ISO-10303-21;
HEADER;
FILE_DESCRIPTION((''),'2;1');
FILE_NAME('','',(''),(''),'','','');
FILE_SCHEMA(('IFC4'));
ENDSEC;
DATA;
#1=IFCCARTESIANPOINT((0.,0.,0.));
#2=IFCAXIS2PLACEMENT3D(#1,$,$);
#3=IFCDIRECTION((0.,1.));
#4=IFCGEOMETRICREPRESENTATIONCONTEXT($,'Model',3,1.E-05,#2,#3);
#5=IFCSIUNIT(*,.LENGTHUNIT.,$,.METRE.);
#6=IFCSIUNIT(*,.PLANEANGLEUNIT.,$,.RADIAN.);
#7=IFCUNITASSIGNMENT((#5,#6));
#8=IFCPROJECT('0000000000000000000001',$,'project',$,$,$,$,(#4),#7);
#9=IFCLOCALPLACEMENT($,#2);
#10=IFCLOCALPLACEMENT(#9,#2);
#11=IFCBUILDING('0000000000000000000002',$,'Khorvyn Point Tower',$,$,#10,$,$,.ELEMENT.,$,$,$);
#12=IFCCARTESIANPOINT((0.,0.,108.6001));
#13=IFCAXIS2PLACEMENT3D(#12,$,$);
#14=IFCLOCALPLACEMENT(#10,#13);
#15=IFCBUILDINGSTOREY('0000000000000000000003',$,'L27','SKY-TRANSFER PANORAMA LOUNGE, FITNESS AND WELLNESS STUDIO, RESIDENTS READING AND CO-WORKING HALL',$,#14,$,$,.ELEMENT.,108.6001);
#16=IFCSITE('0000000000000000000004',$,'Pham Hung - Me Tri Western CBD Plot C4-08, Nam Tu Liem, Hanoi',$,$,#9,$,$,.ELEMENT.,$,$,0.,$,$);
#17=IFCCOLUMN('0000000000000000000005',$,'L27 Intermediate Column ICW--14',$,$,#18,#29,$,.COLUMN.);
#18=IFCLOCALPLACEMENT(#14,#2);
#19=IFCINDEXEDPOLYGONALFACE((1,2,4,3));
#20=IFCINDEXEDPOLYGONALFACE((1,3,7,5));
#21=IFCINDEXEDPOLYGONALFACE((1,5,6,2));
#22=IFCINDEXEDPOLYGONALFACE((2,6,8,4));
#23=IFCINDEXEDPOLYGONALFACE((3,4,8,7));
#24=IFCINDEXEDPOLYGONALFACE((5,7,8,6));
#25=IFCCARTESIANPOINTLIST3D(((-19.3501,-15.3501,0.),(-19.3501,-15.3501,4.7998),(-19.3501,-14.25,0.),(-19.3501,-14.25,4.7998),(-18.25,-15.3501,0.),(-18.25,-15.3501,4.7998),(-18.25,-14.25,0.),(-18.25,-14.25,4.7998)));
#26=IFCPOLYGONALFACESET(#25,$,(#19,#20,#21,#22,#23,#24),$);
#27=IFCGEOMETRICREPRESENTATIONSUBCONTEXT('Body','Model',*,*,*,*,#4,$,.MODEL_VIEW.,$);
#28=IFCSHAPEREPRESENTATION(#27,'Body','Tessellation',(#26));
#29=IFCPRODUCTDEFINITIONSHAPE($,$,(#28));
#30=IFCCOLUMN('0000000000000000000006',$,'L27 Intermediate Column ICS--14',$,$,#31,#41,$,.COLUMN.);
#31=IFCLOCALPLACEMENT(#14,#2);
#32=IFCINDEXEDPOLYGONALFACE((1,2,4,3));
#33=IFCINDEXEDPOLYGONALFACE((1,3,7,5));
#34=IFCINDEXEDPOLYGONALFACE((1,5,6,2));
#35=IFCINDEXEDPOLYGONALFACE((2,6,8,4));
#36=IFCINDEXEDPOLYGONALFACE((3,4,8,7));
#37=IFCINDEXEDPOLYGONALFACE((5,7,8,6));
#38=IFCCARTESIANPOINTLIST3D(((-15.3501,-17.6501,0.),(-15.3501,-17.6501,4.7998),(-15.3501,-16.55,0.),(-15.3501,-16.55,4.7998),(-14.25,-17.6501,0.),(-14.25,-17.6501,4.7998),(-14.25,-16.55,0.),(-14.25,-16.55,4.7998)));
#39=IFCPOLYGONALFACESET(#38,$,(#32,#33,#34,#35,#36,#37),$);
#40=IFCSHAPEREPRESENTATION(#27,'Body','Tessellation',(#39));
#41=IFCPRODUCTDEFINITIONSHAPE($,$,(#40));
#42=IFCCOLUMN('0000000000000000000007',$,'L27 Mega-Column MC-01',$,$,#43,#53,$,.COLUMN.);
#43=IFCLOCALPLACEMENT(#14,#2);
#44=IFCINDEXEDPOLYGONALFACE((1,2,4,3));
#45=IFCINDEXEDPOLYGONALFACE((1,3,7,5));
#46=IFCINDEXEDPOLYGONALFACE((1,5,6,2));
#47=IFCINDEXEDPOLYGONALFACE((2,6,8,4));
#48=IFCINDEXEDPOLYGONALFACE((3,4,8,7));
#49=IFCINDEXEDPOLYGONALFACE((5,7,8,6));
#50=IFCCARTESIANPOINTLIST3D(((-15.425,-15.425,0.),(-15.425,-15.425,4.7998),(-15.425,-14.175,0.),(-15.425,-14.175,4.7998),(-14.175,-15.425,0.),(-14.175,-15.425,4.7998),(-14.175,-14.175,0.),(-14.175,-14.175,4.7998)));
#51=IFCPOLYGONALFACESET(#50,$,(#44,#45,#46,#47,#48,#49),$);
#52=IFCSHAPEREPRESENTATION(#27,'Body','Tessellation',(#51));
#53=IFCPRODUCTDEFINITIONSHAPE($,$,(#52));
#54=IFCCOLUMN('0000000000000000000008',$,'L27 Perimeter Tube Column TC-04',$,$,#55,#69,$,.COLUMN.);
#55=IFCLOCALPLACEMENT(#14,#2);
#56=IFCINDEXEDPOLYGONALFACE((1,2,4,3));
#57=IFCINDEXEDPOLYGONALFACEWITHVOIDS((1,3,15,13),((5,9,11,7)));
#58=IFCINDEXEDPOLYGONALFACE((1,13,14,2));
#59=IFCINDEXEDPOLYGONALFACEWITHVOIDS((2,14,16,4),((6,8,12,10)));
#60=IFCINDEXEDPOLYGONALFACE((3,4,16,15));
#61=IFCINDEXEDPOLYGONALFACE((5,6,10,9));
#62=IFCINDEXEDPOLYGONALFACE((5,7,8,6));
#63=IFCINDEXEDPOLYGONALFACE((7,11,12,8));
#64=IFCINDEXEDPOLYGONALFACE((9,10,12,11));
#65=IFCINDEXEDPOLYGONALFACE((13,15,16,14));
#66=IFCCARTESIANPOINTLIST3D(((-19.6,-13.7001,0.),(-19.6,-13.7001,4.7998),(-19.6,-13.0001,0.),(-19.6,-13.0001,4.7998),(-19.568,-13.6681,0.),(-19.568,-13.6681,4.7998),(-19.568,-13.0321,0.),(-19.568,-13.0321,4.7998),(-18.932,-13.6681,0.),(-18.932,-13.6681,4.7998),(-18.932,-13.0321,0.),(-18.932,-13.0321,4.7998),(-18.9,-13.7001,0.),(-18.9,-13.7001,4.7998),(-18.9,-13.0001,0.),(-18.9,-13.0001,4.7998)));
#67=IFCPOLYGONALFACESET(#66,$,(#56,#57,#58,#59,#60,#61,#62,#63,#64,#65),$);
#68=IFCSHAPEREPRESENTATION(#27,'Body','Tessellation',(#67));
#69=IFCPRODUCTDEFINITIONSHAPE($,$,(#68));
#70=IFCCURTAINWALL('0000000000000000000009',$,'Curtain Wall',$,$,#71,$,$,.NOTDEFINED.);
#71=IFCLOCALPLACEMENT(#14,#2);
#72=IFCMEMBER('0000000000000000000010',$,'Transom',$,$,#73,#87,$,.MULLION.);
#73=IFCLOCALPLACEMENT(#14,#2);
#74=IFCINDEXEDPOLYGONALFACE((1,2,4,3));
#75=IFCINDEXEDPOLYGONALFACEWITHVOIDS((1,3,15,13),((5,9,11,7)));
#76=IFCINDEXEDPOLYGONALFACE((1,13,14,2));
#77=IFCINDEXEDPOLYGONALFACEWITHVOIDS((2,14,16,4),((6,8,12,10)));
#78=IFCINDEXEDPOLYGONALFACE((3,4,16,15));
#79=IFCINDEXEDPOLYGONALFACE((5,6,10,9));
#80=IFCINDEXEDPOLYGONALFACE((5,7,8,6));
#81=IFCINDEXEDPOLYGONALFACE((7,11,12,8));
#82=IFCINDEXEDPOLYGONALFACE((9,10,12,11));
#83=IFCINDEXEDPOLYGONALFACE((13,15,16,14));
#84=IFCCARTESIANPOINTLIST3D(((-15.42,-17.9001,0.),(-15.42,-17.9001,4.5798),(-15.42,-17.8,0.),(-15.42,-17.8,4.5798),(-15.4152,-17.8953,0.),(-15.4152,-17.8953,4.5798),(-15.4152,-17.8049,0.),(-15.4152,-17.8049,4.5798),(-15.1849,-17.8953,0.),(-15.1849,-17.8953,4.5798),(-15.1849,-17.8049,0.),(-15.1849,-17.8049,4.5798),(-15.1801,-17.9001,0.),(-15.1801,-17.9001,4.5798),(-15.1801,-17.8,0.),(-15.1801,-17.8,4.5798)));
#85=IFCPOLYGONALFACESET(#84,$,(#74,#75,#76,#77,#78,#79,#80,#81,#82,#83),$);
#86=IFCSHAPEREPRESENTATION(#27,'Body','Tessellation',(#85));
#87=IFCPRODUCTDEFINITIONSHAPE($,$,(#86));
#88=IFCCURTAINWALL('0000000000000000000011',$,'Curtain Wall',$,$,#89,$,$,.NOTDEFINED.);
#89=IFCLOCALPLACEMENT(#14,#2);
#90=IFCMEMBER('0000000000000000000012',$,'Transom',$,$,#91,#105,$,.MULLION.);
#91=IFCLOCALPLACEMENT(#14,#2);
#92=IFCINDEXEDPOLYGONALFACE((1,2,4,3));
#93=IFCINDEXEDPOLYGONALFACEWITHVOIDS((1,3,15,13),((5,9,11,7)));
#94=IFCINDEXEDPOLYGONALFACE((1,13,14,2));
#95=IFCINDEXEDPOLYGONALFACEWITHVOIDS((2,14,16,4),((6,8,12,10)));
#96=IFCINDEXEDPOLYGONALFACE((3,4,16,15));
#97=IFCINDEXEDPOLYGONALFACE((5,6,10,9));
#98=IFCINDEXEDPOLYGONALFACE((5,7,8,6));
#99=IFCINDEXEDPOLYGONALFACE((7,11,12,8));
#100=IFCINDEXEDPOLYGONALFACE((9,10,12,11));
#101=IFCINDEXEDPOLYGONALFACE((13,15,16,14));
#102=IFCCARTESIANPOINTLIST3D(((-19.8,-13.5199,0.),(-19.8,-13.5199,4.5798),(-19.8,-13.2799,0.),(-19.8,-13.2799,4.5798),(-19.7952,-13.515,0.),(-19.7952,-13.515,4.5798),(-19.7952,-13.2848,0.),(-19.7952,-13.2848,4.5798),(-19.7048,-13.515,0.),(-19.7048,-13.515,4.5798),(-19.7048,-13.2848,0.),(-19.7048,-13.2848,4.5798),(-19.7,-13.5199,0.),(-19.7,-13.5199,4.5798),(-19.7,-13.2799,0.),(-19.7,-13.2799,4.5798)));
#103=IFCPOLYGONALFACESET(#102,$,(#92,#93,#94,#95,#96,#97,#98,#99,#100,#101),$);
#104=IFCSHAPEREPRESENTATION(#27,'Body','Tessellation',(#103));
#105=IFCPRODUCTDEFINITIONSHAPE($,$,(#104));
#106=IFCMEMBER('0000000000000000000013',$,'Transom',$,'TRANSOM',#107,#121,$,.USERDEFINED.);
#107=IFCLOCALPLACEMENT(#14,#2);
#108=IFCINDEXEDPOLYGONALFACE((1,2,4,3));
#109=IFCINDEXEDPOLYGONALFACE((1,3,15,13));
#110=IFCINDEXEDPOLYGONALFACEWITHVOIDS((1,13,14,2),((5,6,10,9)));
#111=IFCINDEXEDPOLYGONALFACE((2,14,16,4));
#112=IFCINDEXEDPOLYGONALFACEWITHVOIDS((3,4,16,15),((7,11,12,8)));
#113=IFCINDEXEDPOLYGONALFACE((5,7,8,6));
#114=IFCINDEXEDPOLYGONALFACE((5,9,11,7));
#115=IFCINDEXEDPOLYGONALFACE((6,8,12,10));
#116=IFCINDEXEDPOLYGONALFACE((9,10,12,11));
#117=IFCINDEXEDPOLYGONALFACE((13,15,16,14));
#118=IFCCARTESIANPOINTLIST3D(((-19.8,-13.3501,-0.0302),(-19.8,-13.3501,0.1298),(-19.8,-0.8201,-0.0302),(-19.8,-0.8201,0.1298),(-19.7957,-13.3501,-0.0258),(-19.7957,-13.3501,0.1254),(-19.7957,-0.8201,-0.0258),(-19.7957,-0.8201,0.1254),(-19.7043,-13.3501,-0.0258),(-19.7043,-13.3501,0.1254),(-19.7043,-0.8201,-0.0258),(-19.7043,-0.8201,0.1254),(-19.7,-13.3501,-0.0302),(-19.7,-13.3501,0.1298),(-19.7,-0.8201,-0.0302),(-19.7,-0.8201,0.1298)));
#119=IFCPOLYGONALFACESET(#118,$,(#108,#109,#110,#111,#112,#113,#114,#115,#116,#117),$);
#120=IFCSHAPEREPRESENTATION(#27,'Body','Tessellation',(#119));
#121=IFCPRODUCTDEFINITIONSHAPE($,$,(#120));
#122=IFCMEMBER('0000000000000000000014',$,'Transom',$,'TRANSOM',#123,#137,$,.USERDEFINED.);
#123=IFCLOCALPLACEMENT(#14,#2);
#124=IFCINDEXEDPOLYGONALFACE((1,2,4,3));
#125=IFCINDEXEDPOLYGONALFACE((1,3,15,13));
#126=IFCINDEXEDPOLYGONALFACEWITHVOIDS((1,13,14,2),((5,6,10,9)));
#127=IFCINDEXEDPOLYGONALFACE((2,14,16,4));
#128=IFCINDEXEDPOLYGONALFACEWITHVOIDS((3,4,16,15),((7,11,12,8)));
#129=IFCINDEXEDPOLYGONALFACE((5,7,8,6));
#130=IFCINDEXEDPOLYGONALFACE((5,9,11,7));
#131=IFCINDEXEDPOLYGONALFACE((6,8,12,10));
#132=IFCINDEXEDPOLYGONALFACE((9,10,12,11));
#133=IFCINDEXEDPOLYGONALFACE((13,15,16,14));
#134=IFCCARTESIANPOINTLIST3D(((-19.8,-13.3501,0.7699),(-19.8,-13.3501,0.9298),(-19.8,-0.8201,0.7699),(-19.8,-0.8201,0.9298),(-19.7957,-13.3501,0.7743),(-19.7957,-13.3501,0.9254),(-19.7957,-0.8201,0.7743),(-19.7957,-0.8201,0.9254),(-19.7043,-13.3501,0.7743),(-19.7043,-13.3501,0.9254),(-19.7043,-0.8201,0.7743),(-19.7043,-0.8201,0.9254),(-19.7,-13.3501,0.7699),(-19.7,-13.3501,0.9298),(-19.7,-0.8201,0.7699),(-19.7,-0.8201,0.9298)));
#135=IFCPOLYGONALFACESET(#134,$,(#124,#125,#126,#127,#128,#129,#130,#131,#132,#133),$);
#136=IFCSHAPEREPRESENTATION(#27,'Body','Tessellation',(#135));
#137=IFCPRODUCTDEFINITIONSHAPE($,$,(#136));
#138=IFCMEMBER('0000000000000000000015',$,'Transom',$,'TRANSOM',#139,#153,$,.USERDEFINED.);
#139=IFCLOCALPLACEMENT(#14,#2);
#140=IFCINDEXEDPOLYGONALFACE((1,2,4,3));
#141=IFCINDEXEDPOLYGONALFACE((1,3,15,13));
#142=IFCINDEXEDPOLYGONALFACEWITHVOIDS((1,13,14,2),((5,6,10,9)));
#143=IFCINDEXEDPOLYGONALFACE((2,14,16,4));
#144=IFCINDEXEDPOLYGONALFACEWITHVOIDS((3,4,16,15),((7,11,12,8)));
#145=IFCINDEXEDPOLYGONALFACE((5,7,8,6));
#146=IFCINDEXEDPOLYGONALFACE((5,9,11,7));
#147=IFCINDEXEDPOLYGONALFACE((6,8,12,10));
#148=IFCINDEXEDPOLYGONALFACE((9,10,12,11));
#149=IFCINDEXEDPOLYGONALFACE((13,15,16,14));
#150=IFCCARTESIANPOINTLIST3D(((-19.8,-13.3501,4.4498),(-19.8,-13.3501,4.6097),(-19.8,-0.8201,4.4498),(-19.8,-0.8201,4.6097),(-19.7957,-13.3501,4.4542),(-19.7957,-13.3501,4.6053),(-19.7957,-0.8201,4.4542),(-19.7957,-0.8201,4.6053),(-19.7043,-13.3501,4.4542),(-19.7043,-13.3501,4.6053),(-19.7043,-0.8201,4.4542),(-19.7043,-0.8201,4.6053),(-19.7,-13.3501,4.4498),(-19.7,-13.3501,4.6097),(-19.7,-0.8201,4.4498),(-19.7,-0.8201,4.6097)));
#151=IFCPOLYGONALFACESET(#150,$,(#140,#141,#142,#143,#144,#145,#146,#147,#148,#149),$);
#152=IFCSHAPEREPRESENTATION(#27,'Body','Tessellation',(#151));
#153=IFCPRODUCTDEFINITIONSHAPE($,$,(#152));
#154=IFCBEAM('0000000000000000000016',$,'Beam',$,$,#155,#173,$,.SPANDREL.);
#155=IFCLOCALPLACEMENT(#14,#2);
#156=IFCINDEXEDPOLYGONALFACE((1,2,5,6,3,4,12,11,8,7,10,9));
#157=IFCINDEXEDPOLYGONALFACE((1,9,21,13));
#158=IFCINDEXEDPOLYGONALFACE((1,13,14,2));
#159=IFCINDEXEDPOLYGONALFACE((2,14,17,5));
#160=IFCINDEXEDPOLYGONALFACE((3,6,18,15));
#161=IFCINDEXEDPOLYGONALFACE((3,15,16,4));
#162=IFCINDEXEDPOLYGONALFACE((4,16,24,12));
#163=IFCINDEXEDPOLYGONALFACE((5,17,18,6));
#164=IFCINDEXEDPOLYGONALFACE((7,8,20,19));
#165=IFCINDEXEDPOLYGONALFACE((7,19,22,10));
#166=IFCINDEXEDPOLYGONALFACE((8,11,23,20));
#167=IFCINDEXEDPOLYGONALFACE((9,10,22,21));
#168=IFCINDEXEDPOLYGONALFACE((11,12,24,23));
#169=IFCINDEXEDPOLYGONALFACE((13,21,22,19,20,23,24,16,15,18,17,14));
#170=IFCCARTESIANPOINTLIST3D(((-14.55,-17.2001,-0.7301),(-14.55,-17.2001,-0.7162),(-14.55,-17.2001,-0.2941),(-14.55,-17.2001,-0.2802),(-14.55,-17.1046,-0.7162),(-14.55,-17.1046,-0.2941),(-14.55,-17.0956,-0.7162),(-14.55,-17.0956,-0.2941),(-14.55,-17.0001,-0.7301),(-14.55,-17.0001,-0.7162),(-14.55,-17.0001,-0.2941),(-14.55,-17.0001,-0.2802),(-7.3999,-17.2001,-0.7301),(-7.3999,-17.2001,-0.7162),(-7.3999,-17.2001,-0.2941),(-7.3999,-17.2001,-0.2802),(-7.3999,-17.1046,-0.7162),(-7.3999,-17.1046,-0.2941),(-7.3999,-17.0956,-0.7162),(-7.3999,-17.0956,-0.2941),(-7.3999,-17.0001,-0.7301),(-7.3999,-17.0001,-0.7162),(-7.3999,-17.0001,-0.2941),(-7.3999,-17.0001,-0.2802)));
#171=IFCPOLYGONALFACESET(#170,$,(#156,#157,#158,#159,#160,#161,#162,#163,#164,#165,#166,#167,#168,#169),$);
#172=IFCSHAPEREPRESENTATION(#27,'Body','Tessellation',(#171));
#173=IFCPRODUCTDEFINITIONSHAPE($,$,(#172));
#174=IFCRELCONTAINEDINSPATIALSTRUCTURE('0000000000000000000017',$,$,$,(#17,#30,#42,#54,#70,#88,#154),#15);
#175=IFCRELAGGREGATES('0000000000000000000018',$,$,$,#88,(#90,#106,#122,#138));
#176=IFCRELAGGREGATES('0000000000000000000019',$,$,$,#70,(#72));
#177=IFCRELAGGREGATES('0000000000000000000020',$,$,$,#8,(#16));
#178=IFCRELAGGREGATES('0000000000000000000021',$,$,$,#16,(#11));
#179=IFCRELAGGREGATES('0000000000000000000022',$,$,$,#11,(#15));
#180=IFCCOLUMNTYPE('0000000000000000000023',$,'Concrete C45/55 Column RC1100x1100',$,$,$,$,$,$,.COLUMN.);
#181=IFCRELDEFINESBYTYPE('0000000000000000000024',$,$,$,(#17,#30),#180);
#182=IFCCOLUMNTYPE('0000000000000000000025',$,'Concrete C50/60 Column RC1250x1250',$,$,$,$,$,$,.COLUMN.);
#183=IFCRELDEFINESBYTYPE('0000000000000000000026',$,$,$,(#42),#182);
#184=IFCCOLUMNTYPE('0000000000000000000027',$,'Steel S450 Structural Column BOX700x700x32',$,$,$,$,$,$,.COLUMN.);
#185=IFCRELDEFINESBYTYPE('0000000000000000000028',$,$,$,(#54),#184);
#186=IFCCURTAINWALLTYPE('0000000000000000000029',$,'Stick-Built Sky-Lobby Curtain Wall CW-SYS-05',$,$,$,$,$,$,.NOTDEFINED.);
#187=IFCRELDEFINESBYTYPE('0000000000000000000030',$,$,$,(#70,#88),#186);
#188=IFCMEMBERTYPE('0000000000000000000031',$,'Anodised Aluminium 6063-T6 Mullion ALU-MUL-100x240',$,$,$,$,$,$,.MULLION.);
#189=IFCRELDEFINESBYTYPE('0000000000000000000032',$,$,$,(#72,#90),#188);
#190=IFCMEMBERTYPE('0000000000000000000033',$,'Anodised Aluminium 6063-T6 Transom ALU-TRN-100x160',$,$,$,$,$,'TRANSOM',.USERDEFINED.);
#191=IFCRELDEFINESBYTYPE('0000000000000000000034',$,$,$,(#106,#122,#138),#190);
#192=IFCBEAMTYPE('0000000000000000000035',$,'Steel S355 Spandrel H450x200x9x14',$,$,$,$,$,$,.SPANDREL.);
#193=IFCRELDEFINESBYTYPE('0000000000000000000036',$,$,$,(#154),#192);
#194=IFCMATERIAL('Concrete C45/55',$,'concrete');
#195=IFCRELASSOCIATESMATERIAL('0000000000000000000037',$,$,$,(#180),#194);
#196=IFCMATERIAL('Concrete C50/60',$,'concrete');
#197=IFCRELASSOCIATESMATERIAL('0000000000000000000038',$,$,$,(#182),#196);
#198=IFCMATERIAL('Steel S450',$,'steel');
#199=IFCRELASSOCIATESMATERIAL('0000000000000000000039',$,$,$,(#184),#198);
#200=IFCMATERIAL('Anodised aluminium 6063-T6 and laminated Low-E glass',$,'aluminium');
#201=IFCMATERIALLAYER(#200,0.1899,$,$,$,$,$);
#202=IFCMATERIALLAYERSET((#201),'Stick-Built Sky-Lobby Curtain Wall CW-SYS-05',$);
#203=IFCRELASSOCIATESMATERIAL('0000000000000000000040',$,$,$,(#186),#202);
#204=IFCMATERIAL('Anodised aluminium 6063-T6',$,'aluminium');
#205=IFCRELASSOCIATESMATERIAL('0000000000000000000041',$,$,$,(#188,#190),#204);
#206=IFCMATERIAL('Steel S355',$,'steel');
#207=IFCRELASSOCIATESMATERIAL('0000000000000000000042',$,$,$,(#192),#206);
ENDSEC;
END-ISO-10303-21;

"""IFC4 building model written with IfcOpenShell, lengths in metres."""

from ifc_helpers import new_model, si_unit, direction, frame, origin, origin_2d, place, context, subcontext, project, spatial, rectangle, hollow_rectangle, i_section, extrude, material, layer, layer_set, material_profile, profile_set, type_object, element, aggregate, save


model = new_model("IFC4")

# Units and contexts
model_context = context("Model", 3, precision=1e-05, world=origin(), true_north=direction((0.0, 1.0)))
body_context = subcontext(model_context, "Body", "Model", "MODEL_VIEW")
ifc_project = project(units=[si_unit("LENGTHUNIT", "METRE"), si_unit("PLANEANGLEUNIT", "RADIAN")], contexts=[model_context])

# Site, building, storey
site_placement = place(None, origin())
site = spatial("IfcSite", under=ifc_project, at=site_placement, Name="Pham Hung - Me Tri Western CBD Plot C4-08, Nam Tu Liem, Hanoi", CompositionType="ELEMENT", RefElevation=0.0)
building_placement = place(site_placement, origin())
building = spatial("IfcBuilding", under=site, at=building_placement, Name="Khorvyn Point Tower", CompositionType="ELEMENT")
storey_placement = place(building_placement, frame((0.0, 0.0, 108.6001)))
storey = spatial("IfcBuildingStorey", under=building, at=storey_placement, Name="L27", Description="SKY-TRANSFER PANORAMA LOUNGE, FITNESS AND WELLNESS STUDIO, RESIDENTS READING AND CO-WORKING HALL", CompositionType="ELEMENT", Elevation=108.6001)

# Columns
ifc_material_1 = material(Name="Concrete C45/55", Category="concrete")
ifc_material_profile_1 = material_profile(ifc_material_1, rectangle(XDim=1.1001, YDim=1.1001, at=origin_2d()))
ifc_profile_set_1 = profile_set([ifc_material_profile_1], Name="Concrete C45/55 RC1100x1100")
column_type_1 = type_object("IfcColumnType", Name="Concrete C45/55 Column RC1100x1100", PredefinedType="COLUMN", material=ifc_profile_set_1)
for number, where, z_axis, x_axis, name in (
    (1, (-18.8, -14.8, 0.0), (0.0, 0.0, 1.0), (1.0, 0.0, 0.0), "L27 Intermediate Column ICW--14"),
    (2, (-14.8, -17.1001, 0.0), (0.0, 0.0, 1.0), (1.0, 0.0, 0.0), "L27 Intermediate Column ICS--14"),
):
    element("IfcColumn", number, at=place(storey_placement, frame(where, z_axis=z_axis, x_axis=x_axis)), inside=storey, type_object=column_type_1, Name=name, PredefinedType="COLUMN", context=body_context, shape_type="SweptSolid", body=[
        extrude(rectangle(XDim=1.1001, YDim=1.1001, at=origin_2d()), origin(), (0.0, 0.0, 1.0), 4.7998),
    ])
ifc_material_2 = material(Name="Concrete C50/60", Category="concrete")
ifc_material_profile_2 = material_profile(ifc_material_2, rectangle(XDim=1.25, YDim=1.25, at=origin_2d()))
ifc_profile_set_2 = profile_set([ifc_material_profile_2], Name="Concrete C50/60 RC1250x1250")
column_type_2 = type_object("IfcColumnType", Name="Concrete C50/60 Column RC1250x1250", PredefinedType="COLUMN", material=ifc_profile_set_2)
column_1_placement = place(storey_placement, frame((-14.8, -14.8, 0.0), z_axis=(0.0, 0.0, 1.0), x_axis=(1.0, 0.0, 0.0)))
element("IfcColumn", 3, at=column_1_placement, inside=storey, type_object=column_type_2, Name="L27 Mega-Column MC-01", PredefinedType="COLUMN", context=body_context, shape_type="SweptSolid", body=[
    extrude(rectangle(XDim=1.25, YDim=1.25, at=origin_2d()), origin(), (0.0, 0.0, 1.0), 4.7998),
])
ifc_material_3 = material(Name="Steel S450", Category="steel")
ifc_material_profile_3 = material_profile(ifc_material_3, hollow_rectangle(XDim=0.7, YDim=0.7, WallThickness=0.032, at=origin_2d()))
ifc_profile_set_3 = profile_set([ifc_material_profile_3], Name="Steel S450 BOX700x700x32")
column_type_3 = type_object("IfcColumnType", Name="Steel S450 Structural Column BOX700x700x32", PredefinedType="COLUMN", material=ifc_profile_set_3)
column_2_placement = place(storey_placement, frame((-19.25, -13.3501, 0.0), z_axis=(0.0, 0.0, 1.0), x_axis=(1.0, 0.0, 0.0)))
element("IfcColumn", 4, at=column_2_placement, inside=storey, type_object=column_type_3, Name="L27 Perimeter Tube Column TC-04", PredefinedType="COLUMN", context=body_context, shape_type="SweptSolid", body=[
    extrude(hollow_rectangle(XDim=0.7, YDim=0.7, WallThickness=0.032, at=origin_2d()), origin(), (0.0, 0.0, 1.0), 4.7998),
])

# Curtain wall, member
ifc_material_4 = material(Name="Anodised aluminium 6063-T6 and laminated Low-E glass", Category="aluminium")
ifc_layer_1 = layer(ifc_material_4, 0.1899)
ifc_layer_set_1 = layer_set([ifc_layer_1], Name="Stick-Built Sky-Lobby Curtain Wall CW-SYS-05")
curtain_wall_type = type_object("IfcCurtainWallType", Name="Stick-Built Sky-Lobby Curtain Wall CW-SYS-05", PredefinedType="NOTDEFINED", material=ifc_layer_set_1)
curtain_wall_1_placement = place(storey_placement, origin())
curtain_wall_1 = element("IfcCurtainWall", 5, at=curtain_wall_1_placement, inside=storey, type_object=curtain_wall_type, Name="Curtain Wall", PredefinedType="NOTDEFINED")
ifc_material_5 = material(Name="Anodised aluminium 6063-T6", Category="aluminium")
ifc_material_profile_4 = material_profile(ifc_material_5, hollow_rectangle(XDim=0.1001, YDim=0.24, WallThickness=0.0049, at=origin_2d()))
ifc_profile_set_4 = profile_set([ifc_material_profile_4], Name="Anodised aluminium 6063-T6 ALU-MUL-100x240")
member_type_1 = type_object("IfcMemberType", Name="Anodised Aluminium 6063-T6 Mullion ALU-MUL-100x240", PredefinedType="MULLION", material=ifc_profile_set_4)
member_1_placement = place(storey_placement, frame((-15.3, -17.8501, 0.0), z_axis=(0.0, 0.0, 1.0), x_axis=(0.0, -1.0, 0.0)))
member_1 = element("IfcMember", 6, at=member_1_placement, type_object=member_type_1, Name="Transom", PredefinedType="MULLION", context=body_context, shape_type="SweptSolid", body=[
    extrude(hollow_rectangle(XDim=0.1001, YDim=0.24, WallThickness=0.0049, at=origin_2d()), origin(), (0.0, 0.0, 1.0), 4.5798),
])

# Curtain wall, members
curtain_wall_2_placement = place(storey_placement, origin())
curtain_wall_2 = element("IfcCurtainWall", 7, at=curtain_wall_2_placement, inside=storey, type_object=curtain_wall_type, Name="Curtain Wall", PredefinedType="NOTDEFINED")
member_2_placement = place(storey_placement, frame((-19.75, -13.3999, 0.0), z_axis=(0.0, 0.0, 1.0), x_axis=(-1.0, 0.0, 0.0)))
member_2 = element("IfcMember", 8, at=member_2_placement, type_object=member_type_1, Name="Transom", PredefinedType="MULLION", context=body_context, shape_type="SweptSolid", body=[
    extrude(hollow_rectangle(XDim=0.1001, YDim=0.24, WallThickness=0.0049, at=origin_2d()), origin(), (0.0, 0.0, 1.0), 4.5798),
])
ifc_material_profile_5 = material_profile(ifc_material_5, hollow_rectangle(XDim=0.1001, YDim=0.1599, WallThickness=0.0044, at=origin_2d()))
ifc_profile_set_5 = profile_set([ifc_material_profile_5], Name="Anodised aluminium 6063-T6 ALU-TRN-100x160")
member_type_2 = type_object("IfcMemberType", Name="Anodised Aluminium 6063-T6 Transom ALU-TRN-100x160", ElementType="TRANSOM", PredefinedType="USERDEFINED", material=ifc_profile_set_5)
member_3_placement = place(storey_placement, frame((-19.75, -13.3501, 0.0498), z_axis=(0.0, 1.0, 0.0), x_axis=(-1.0, 0.0, 0.0)))
member_3 = element("IfcMember", 9, at=member_3_placement, type_object=member_type_2, Name="Transom", ObjectType="TRANSOM", PredefinedType="USERDEFINED", context=body_context, shape_type="SweptSolid", body=[
    extrude(hollow_rectangle(XDim=0.1001, YDim=0.1599, WallThickness=0.0044, at=origin_2d()), origin(), (0.0, 0.0, 1.0), 12.53),
])
member_4_placement = place(storey_placement, frame((-19.75, -13.3501, 0.8499), z_axis=(0.0, 1.0, 0.0), x_axis=(-1.0, 0.0, 0.0)))
member_4 = element("IfcMember", 10, at=member_4_placement, type_object=member_type_2, Name="Transom", ObjectType="TRANSOM", PredefinedType="USERDEFINED", context=body_context, shape_type="SweptSolid", body=[
    extrude(hollow_rectangle(XDim=0.1001, YDim=0.1599, WallThickness=0.0044, at=origin_2d()), origin(), (0.0, 0.0, 1.0), 12.53),
])
member_5_placement = place(storey_placement, frame((-19.75, -13.3501, 4.5298), z_axis=(0.0, 1.0, 0.0), x_axis=(-1.0, 0.0, 0.0)))
member_5 = element("IfcMember", 11, at=member_5_placement, type_object=member_type_2, Name="Transom", ObjectType="TRANSOM", PredefinedType="USERDEFINED", context=body_context, shape_type="SweptSolid", body=[
    extrude(hollow_rectangle(XDim=0.1001, YDim=0.1599, WallThickness=0.0044, at=origin_2d()), origin(), (0.0, 0.0, 1.0), 12.53),
])
aggregate(curtain_wall_2, [member_2, member_3, member_4, member_5])

# Beam
ifc_material_6 = material(Name="Steel S355", Category="steel")
ifc_material_profile_6 = material_profile(ifc_material_6, i_section(OverallWidth=0.2, OverallDepth=0.45, WebThickness=0.009, FlangeThickness=0.0139, at=origin_2d()))
ifc_profile_set_6 = profile_set([ifc_material_profile_6], Name="Steel S355 H450x200x9x14")
beam_type_1 = type_object("IfcBeamType", Name="Steel S355 Spandrel H450x200x9x14", PredefinedType="SPANDREL", material=ifc_profile_set_6)
beam_1_placement = place(storey_placement, frame((-14.55, -17.1001, -0.5051), z_axis=(1.0, 0.0, 0.0), x_axis=(0.0, 1.0, 0.0)))
element("IfcBeam", 12, at=beam_1_placement, inside=storey, type_object=beam_type_1, Name="Beam", PredefinedType="SPANDREL", context=body_context, shape_type="SweptSolid", body=[
    extrude(i_section(OverallWidth=0.2, OverallDepth=0.45, WebThickness=0.009, FlangeThickness=0.0139, at=origin_2d()), origin(), (0.0, 0.0, 1.0), 7.1501),
])

aggregate(curtain_wall_1, [member_1])

save(model, "model.ifc")
